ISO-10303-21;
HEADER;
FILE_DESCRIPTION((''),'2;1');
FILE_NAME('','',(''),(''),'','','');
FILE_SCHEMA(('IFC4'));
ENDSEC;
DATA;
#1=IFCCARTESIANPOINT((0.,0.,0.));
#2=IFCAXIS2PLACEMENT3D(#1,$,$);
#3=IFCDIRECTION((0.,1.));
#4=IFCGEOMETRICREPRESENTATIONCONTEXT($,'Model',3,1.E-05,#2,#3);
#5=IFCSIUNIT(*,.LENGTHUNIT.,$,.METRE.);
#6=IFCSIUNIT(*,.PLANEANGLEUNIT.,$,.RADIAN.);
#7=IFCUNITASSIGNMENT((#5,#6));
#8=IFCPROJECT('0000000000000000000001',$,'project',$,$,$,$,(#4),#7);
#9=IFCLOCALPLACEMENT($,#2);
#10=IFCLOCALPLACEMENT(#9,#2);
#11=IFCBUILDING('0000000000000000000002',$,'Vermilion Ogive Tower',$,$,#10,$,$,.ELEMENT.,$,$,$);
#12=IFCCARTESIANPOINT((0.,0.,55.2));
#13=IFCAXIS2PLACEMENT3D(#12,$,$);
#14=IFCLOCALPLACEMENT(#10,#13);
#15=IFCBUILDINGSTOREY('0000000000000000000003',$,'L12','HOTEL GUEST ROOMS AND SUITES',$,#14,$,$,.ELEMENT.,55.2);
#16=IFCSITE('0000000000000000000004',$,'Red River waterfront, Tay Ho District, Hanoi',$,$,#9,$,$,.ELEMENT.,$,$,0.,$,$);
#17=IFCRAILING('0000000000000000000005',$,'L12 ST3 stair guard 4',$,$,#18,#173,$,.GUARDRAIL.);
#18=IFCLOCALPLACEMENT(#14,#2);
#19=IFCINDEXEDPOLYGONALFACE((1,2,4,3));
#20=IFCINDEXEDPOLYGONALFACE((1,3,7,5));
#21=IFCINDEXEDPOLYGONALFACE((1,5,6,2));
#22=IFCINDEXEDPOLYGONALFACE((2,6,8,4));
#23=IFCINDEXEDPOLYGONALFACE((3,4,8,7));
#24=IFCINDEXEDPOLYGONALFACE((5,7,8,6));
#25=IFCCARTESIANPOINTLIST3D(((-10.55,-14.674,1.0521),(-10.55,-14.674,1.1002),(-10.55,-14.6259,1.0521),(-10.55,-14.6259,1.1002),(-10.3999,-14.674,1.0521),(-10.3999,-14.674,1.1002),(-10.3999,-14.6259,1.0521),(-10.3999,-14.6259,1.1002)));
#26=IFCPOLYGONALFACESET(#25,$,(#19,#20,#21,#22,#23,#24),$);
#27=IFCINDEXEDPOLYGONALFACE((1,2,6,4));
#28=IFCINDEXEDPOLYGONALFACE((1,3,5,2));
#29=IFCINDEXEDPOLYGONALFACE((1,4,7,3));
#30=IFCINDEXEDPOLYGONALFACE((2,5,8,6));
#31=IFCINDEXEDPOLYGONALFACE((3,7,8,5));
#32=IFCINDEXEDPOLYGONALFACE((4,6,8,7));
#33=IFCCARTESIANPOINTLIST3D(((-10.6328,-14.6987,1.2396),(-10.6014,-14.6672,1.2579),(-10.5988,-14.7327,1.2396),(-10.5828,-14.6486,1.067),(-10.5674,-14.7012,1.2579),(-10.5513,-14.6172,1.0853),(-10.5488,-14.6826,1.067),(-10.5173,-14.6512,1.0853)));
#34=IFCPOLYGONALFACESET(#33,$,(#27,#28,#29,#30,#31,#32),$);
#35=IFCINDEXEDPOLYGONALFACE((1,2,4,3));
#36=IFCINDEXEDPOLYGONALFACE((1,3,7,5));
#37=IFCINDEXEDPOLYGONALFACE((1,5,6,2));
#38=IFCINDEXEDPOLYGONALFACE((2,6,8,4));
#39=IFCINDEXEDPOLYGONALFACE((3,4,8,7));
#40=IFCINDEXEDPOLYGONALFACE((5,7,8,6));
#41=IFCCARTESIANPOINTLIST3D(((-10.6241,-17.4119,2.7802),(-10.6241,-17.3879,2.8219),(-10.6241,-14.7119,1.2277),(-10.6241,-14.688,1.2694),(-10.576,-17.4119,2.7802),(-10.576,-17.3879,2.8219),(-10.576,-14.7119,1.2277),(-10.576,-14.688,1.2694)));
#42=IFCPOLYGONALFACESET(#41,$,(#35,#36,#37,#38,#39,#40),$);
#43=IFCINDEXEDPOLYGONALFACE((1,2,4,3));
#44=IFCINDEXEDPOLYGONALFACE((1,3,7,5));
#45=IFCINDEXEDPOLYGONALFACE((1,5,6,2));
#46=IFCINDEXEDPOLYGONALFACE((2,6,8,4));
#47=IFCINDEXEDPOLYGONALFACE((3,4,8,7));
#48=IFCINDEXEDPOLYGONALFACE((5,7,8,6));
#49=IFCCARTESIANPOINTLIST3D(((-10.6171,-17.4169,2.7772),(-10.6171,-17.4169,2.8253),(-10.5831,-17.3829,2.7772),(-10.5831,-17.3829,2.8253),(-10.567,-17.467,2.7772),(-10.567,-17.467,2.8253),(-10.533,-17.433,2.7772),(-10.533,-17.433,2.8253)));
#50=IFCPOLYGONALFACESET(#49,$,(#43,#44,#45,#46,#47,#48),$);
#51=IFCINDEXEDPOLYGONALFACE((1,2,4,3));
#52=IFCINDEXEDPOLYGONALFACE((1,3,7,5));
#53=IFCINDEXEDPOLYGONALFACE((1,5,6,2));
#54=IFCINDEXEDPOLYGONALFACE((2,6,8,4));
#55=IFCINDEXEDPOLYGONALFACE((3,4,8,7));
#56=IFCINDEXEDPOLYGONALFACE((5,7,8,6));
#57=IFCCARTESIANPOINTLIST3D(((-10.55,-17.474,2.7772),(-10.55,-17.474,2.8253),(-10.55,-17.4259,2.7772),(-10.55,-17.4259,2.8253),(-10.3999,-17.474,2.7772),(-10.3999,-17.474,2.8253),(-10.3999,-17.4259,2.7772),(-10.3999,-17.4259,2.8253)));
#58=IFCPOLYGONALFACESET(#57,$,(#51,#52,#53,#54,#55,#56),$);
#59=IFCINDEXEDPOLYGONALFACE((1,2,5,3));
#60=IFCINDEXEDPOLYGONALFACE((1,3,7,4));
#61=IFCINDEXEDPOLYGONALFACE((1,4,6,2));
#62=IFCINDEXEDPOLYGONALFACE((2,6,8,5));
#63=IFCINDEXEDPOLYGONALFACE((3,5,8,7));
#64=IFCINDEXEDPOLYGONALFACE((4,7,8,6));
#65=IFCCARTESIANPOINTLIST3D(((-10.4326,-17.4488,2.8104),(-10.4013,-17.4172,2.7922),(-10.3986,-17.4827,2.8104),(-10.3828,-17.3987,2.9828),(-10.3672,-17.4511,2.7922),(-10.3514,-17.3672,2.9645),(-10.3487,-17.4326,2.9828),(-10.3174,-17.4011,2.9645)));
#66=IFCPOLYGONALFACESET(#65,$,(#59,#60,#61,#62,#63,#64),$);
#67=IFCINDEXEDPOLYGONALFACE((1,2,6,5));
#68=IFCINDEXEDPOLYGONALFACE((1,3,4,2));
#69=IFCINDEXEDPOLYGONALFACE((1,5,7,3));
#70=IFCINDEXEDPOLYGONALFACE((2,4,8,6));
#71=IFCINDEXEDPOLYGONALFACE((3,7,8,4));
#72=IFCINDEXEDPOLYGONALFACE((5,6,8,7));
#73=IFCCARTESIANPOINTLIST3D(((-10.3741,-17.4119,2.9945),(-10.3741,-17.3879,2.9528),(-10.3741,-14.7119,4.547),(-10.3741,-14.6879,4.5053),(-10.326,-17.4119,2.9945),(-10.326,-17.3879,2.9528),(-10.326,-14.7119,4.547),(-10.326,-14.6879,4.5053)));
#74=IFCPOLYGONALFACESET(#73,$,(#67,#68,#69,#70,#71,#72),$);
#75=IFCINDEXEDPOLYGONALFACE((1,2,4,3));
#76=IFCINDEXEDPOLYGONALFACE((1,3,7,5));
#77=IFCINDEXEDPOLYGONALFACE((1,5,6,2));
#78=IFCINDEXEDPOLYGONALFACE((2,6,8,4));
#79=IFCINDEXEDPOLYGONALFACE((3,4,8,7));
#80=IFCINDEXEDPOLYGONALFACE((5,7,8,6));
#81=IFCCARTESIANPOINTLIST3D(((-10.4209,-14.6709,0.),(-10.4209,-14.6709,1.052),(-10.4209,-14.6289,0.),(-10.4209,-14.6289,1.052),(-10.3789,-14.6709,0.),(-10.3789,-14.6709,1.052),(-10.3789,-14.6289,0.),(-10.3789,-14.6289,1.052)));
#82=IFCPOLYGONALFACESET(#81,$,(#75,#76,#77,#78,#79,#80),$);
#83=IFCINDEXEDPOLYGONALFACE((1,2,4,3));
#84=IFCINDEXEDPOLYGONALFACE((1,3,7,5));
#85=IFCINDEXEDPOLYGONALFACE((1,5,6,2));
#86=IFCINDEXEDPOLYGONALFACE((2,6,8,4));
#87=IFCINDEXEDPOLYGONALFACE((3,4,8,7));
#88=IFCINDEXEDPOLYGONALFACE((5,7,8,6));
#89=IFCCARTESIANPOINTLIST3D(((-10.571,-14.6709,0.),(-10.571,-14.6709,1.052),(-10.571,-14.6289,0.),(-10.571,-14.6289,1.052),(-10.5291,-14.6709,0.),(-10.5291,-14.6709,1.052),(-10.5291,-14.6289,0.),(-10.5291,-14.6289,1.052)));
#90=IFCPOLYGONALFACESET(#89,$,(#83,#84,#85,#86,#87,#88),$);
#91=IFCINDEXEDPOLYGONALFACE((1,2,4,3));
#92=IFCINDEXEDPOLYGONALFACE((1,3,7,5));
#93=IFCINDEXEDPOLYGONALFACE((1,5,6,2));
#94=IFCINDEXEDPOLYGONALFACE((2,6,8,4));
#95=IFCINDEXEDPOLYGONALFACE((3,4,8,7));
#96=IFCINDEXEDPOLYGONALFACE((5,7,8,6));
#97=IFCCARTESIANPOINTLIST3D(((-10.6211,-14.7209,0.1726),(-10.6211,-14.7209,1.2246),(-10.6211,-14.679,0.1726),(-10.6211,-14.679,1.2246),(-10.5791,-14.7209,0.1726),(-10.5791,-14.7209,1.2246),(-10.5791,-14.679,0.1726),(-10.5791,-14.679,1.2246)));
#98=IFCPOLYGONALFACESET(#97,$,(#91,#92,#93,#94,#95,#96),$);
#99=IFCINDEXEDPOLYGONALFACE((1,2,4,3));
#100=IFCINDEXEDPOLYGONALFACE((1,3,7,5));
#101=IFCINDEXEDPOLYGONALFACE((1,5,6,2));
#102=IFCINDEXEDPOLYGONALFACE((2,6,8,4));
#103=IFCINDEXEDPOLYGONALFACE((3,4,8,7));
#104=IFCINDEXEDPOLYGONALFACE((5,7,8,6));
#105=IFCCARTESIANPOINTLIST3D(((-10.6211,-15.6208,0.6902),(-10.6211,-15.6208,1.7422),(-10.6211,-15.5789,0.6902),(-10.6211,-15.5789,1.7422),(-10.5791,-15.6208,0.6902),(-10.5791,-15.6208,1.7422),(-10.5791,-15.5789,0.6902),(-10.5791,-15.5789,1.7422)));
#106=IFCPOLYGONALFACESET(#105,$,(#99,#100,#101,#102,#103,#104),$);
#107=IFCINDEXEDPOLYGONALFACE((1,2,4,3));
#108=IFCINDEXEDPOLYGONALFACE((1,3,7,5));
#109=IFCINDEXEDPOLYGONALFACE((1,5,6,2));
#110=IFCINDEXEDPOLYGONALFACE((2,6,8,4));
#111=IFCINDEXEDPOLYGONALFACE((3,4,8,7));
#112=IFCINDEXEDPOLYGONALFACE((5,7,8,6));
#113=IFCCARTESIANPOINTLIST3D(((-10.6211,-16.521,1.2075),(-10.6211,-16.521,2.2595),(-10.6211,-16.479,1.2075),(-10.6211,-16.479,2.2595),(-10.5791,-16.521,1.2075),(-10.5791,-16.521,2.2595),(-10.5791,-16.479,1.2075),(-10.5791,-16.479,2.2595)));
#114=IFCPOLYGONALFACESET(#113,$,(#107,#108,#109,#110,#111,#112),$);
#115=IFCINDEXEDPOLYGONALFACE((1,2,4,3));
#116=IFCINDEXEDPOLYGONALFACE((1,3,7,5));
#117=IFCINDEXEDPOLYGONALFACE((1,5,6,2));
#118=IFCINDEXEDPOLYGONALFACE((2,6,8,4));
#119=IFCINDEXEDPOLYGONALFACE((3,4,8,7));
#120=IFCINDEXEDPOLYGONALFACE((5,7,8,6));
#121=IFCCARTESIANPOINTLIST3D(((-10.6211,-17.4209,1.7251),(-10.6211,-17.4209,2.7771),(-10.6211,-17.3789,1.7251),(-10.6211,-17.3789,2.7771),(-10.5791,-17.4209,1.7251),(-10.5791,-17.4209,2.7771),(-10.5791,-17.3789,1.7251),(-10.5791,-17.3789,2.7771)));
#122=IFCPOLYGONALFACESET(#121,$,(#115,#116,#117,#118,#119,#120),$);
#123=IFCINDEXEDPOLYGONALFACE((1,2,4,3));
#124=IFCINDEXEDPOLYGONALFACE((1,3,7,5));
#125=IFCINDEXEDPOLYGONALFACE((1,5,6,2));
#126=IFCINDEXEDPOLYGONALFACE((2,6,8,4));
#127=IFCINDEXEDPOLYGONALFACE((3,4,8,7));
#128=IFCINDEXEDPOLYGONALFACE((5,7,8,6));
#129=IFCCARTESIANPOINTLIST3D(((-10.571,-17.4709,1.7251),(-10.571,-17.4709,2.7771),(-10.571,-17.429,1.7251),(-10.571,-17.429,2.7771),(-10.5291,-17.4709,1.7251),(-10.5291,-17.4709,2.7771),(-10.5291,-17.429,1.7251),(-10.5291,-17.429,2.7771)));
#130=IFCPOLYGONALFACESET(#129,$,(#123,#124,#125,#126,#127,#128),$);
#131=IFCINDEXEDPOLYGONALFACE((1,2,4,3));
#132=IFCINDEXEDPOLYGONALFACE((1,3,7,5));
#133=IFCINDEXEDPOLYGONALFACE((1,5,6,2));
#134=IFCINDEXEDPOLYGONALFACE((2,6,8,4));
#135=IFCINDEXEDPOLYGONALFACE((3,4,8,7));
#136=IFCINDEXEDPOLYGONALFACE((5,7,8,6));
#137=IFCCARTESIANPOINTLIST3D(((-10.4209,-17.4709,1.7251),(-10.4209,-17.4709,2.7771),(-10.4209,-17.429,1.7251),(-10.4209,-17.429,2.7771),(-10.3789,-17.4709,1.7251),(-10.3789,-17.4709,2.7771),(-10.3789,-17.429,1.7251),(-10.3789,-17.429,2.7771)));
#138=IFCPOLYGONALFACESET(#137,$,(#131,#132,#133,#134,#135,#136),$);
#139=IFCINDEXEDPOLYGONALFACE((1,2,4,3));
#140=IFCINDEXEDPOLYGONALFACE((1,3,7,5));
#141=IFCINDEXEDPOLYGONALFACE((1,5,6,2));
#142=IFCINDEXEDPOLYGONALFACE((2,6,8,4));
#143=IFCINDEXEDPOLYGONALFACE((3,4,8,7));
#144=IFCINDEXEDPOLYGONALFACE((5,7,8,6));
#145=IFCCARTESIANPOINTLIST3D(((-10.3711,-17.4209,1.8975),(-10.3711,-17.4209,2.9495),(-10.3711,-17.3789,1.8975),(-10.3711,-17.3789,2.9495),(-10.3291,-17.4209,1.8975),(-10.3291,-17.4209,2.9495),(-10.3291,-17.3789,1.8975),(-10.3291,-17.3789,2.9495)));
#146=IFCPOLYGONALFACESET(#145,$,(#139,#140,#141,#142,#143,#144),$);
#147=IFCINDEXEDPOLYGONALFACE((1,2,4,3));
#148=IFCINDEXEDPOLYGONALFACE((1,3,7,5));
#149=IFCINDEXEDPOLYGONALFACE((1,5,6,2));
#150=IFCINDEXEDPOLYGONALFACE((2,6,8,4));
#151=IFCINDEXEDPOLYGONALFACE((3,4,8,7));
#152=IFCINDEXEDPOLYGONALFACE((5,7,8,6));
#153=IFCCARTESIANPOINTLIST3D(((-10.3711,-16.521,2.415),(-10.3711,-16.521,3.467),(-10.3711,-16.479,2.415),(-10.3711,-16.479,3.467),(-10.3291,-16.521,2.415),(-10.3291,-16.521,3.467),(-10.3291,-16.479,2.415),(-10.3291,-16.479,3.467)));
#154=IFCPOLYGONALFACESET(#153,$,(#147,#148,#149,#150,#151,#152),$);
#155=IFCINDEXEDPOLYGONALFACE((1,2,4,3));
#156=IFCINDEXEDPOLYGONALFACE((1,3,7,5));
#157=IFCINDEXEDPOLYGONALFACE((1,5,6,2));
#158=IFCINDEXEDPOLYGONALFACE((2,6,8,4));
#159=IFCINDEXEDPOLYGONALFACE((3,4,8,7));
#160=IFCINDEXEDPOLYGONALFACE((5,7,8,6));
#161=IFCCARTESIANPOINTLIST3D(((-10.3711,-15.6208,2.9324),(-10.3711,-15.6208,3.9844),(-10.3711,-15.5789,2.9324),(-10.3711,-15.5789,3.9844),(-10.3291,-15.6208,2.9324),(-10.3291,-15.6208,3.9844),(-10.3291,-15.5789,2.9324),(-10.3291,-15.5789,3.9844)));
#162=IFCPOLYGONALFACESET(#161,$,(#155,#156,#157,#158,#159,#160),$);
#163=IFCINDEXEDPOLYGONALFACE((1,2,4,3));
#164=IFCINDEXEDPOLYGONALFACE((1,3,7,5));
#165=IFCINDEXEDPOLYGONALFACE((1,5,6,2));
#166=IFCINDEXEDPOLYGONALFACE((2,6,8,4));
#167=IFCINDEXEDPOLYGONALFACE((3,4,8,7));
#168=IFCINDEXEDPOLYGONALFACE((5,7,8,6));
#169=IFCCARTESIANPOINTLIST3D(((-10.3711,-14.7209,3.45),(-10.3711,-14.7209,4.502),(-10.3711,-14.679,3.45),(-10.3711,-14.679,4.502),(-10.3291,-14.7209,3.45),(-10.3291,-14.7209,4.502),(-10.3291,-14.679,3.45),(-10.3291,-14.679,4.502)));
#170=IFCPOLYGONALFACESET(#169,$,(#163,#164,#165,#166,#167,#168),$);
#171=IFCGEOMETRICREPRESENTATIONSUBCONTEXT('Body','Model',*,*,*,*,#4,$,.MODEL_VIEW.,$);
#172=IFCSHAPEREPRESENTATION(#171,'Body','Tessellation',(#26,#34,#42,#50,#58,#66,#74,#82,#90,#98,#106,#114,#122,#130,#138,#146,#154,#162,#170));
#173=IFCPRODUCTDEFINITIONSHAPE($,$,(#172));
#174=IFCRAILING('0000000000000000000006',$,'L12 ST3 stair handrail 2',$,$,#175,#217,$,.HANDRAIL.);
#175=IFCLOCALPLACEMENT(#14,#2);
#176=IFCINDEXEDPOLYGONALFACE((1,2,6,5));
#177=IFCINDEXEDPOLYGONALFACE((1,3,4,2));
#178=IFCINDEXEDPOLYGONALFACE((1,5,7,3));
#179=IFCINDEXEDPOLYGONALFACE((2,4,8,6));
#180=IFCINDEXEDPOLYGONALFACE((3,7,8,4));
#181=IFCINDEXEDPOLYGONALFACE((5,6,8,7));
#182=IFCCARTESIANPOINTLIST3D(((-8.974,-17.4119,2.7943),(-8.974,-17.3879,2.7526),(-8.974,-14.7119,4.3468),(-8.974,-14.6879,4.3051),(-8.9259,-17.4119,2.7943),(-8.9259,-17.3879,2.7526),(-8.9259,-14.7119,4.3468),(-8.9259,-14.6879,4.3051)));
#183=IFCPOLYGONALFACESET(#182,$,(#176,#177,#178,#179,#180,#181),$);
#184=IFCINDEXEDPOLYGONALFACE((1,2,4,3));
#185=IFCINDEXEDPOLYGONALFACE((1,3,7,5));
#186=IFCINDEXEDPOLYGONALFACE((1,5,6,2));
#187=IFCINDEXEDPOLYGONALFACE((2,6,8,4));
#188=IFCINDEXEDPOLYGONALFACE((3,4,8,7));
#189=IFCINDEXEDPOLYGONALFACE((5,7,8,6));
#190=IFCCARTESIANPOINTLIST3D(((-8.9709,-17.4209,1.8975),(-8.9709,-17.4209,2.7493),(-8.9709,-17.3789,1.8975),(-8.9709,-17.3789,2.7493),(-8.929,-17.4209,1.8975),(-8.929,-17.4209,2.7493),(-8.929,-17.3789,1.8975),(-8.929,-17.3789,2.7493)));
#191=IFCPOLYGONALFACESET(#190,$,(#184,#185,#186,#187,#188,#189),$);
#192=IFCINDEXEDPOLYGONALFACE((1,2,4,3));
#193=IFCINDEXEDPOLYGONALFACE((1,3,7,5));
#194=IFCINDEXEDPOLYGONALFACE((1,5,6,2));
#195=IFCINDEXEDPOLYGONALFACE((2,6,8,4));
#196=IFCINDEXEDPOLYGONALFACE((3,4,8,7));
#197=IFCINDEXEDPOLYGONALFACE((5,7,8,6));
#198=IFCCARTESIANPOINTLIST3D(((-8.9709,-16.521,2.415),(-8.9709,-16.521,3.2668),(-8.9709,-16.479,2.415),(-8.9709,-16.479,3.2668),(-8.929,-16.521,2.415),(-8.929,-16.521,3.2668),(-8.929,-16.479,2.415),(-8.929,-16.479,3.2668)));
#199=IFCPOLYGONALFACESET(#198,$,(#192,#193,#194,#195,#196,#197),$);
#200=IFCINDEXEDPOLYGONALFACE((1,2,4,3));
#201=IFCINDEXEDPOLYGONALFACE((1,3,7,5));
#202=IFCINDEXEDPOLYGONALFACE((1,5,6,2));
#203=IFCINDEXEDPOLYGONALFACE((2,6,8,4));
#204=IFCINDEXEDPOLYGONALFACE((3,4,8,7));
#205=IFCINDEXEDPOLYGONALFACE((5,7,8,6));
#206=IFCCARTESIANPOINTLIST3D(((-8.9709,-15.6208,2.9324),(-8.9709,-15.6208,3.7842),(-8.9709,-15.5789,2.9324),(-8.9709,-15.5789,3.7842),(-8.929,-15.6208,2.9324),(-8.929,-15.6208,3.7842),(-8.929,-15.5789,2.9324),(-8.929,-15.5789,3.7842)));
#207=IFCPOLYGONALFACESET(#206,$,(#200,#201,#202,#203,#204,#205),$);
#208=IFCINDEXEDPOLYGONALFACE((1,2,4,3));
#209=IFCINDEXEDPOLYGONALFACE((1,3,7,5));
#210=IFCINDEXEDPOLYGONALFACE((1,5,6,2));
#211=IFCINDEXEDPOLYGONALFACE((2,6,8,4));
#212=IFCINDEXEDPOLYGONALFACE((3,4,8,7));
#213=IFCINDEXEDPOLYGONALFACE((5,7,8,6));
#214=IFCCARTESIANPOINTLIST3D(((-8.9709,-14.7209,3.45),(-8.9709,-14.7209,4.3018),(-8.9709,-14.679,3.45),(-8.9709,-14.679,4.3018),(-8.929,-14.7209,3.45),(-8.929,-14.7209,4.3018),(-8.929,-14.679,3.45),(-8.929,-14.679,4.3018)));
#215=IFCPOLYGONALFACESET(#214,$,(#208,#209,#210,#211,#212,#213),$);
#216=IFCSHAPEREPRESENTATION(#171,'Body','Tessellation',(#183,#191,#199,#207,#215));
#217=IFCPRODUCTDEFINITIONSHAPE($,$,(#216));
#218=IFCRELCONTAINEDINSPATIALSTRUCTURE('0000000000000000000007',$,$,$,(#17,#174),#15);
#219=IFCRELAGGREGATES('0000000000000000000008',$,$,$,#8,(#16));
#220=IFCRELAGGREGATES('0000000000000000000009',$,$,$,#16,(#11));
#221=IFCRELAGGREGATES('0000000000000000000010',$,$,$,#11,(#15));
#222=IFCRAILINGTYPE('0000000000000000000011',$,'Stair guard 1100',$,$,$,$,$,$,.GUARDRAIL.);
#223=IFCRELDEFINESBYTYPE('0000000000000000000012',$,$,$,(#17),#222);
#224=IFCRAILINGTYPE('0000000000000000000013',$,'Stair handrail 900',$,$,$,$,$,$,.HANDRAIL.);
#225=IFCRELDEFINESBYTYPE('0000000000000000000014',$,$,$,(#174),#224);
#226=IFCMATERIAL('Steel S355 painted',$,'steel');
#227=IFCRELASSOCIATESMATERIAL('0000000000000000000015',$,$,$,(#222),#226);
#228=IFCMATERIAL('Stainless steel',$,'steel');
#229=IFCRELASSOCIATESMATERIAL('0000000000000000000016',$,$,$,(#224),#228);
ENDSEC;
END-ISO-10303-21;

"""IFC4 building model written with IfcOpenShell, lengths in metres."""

from ifc_helpers import new_model, si_unit, direction, frame, origin, origin_2d, place, context, subcontext, project, spatial, rectangle, extrude, material, type_object, element, save


model = new_model("IFC4")

# Units and contexts
model_context = context("Model", 3, precision=1e-05, world=origin(), true_north=direction((0.0, 1.0)))
body_context = subcontext(model_context, "Body", "Model", "MODEL_VIEW")
ifc_project = project(units=[si_unit("LENGTHUNIT", "METRE"), si_unit("PLANEANGLEUNIT", "RADIAN")], contexts=[model_context])

# Site, building, storey
site_placement = place(None, origin())
site = spatial("IfcSite", under=ifc_project, at=site_placement, Name="Red River waterfront, Tay Ho District, Hanoi", CompositionType="ELEMENT", RefElevation=0.0)
building_placement = place(site_placement, origin())
building = spatial("IfcBuilding", under=site, at=building_placement, Name="Vermilion Ogive Tower", CompositionType="ELEMENT")
storey_placement = place(building_placement, frame((0.0, 0.0, 55.2)))
storey = spatial("IfcBuildingStorey", under=building, at=storey_placement, Name="L12", Description="HOTEL GUEST ROOMS AND SUITES", CompositionType="ELEMENT", Elevation=55.2)

# Railings
ifc_material_1 = material(Name="Steel S355 painted", Category="steel")
railing_type_1 = type_object("IfcRailingType", Name="Stair guard 1100", PredefinedType="GUARDRAIL", material=ifc_material_1)
railing_1_placement = place(storey_placement, frame((-10.3999, -14.6499, 0.0)))
element("IfcRailing", 1, at=railing_1_placement, inside=storey, type_object=railing_type_1, Name="L12 ST3 stair guard 4", PredefinedType="GUARDRAIL", context=body_context, shape_type="SweptSolid", body=[
    extrude(rectangle(XDim=0.0481, YDim=0.0481, at=origin_2d()), frame((0.0, 0.0, 1.0762), z_axis=(-1.0, 0.0, 0.0), x_axis=(0.0, -1.0, 0.0)), (0.0, 0.0, 1.0), 0.1501),
    extrude(rectangle(XDim=0.0481, YDim=0.0481, at=origin_2d()), frame((-0.1501, 0.0, 1.0762), z_axis=(-0.268278, -0.268278, 0.925232), x_axis=(0.707107, -0.707107, 0.0)), (0.0, 0.0, 1.0), 0.1865),
    extrude(rectangle(XDim=0.0481, YDim=0.0481, at=origin_2d()), frame((-0.2002, -0.05, 1.2485), z_axis=(0.0, -0.866904, 0.498476), x_axis=(1.0, 0.0, 0.0)), (0.0, 0.0, 1.0), 3.1145),
    extrude(rectangle(XDim=0.0481, YDim=0.0481, at=origin_2d()), frame((-0.2002, -2.75, 2.8013), z_axis=(0.707107, -0.707107, 0.0), x_axis=(0.707107, 0.707107, 0.0)), (0.0, 0.0, 1.0), 0.0708),
    extrude(rectangle(XDim=0.0481, YDim=0.0481, at=origin_2d()), frame((-0.1501, -2.8, 2.8013), z_axis=(1.0, 0.0, 0.0), x_axis=(0.0, 1.0, 0.0)), (0.0, 0.0, 1.0), 0.1501),
    extrude(rectangle(XDim=0.0481, YDim=0.0481, at=origin_2d()), frame((0.0, -2.8, 2.8013), z_axis=(0.267387, 0.268698, 0.925368), x_axis=(-0.708834, 0.705376, 0.0)), (0.0, 0.0, 1.0), 0.1863),
    extrude(rectangle(XDim=0.0481, YDim=0.0481, at=origin_2d()), frame((0.0498, -2.75, 2.9736), z_axis=(0.0, 0.866904, 0.498476), x_axis=(-1.0, 0.0, 0.0)), (0.0, 0.0, 1.0), 3.1145),
    extrude(rectangle(XDim=0.042, YDim=0.042, at=origin_2d()), origin(), (0.0, 0.0, 1.0), 1.052),
    extrude(rectangle(XDim=0.042, YDim=0.042, at=origin_2d()), frame((-0.1501, 0.0, 0.0)), (0.0, 0.0, 1.0), 1.052),
    extrude(rectangle(XDim=0.042, YDim=0.042, at=origin_2d()), frame((-0.2002, -0.05, 0.1726)), (0.0, 0.0, 1.0), 1.052),
    extrude(rectangle(XDim=0.042, YDim=0.042, at=origin_2d()), frame((-0.2002, -0.95, 0.6902)), (0.0, 0.0, 1.0), 1.052),
    extrude(rectangle(XDim=0.042, YDim=0.042, at=origin_2d()), frame((-0.2002, -1.8501, 1.2075)), (0.0, 0.0, 1.0), 1.052),
    extrude(rectangle(XDim=0.042, YDim=0.042, at=origin_2d()), frame((-0.2002, -2.75, 1.7251)), (0.0, 0.0, 1.0), 1.052),
    extrude(rectangle(XDim=0.042, YDim=0.042, at=origin_2d()), frame((-0.1501, -2.8, 1.7251)), (0.0, 0.0, 1.0), 1.052),
    extrude(rectangle(XDim=0.042, YDim=0.042, at=origin_2d()), frame((0.0, -2.8, 1.7251)), (0.0, 0.0, 1.0), 1.052),
    extrude(rectangle(XDim=0.042, YDim=0.042, at=origin_2d()), frame((0.0498, -2.75, 1.8975)), (0.0, 0.0, 1.0), 1.052),
    extrude(rectangle(XDim=0.042, YDim=0.042, at=origin_2d()), frame((0.0498, -1.8501, 2.415)), (0.0, 0.0, 1.0), 1.052),
    extrude(rectangle(XDim=0.042, YDim=0.042, at=origin_2d()), frame((0.0498, -0.95, 2.9324)), (0.0, 0.0, 1.0), 1.052),
    extrude(rectangle(XDim=0.042, YDim=0.042, at=origin_2d()), frame((0.0498, -0.05, 3.45)), (0.0, 0.0, 1.0), 1.052),
])
ifc_material_2 = material(Name="Stainless steel", Category="steel")
railing_type_2 = type_object("IfcRailingType", Name="Stair handrail 900", PredefinedType="HANDRAIL", material=ifc_material_2)
railing_2_placement = place(storey_placement, frame((-8.95, -17.3999, 1.8975)))
element("IfcRailing", 2, at=railing_2_placement, inside=storey, type_object=railing_type_2, Name="L12 ST3 stair handrail 2", PredefinedType="HANDRAIL", context=body_context, shape_type="SweptSolid", body=[
    extrude(rectangle(XDim=0.0481, YDim=0.0481, at=origin_2d()), frame((0.0, 0.0, 0.876), z_axis=(0.0, 0.866904, 0.498476), x_axis=(-1.0, 0.0, 0.0)), (0.0, 0.0, 1.0), 3.1145),
    extrude(rectangle(XDim=0.042, YDim=0.042, at=origin_2d()), origin(), (0.0, 0.0, 1.0), 0.8518),
    extrude(rectangle(XDim=0.042, YDim=0.042, at=origin_2d()), frame((0.0, 0.8999, 0.5176)), (0.0, 0.0, 1.0), 0.8518),
    extrude(rectangle(XDim=0.042, YDim=0.042, at=origin_2d()), frame((0.0, 1.8, 1.0349)), (0.0, 0.0, 1.0), 0.8518),
    extrude(rectangle(XDim=0.042, YDim=0.042, at=origin_2d()), frame((0.0, 2.7, 1.5525)), (0.0, 0.0, 1.0), 0.8518),
])

save(model, "model.ifc")
